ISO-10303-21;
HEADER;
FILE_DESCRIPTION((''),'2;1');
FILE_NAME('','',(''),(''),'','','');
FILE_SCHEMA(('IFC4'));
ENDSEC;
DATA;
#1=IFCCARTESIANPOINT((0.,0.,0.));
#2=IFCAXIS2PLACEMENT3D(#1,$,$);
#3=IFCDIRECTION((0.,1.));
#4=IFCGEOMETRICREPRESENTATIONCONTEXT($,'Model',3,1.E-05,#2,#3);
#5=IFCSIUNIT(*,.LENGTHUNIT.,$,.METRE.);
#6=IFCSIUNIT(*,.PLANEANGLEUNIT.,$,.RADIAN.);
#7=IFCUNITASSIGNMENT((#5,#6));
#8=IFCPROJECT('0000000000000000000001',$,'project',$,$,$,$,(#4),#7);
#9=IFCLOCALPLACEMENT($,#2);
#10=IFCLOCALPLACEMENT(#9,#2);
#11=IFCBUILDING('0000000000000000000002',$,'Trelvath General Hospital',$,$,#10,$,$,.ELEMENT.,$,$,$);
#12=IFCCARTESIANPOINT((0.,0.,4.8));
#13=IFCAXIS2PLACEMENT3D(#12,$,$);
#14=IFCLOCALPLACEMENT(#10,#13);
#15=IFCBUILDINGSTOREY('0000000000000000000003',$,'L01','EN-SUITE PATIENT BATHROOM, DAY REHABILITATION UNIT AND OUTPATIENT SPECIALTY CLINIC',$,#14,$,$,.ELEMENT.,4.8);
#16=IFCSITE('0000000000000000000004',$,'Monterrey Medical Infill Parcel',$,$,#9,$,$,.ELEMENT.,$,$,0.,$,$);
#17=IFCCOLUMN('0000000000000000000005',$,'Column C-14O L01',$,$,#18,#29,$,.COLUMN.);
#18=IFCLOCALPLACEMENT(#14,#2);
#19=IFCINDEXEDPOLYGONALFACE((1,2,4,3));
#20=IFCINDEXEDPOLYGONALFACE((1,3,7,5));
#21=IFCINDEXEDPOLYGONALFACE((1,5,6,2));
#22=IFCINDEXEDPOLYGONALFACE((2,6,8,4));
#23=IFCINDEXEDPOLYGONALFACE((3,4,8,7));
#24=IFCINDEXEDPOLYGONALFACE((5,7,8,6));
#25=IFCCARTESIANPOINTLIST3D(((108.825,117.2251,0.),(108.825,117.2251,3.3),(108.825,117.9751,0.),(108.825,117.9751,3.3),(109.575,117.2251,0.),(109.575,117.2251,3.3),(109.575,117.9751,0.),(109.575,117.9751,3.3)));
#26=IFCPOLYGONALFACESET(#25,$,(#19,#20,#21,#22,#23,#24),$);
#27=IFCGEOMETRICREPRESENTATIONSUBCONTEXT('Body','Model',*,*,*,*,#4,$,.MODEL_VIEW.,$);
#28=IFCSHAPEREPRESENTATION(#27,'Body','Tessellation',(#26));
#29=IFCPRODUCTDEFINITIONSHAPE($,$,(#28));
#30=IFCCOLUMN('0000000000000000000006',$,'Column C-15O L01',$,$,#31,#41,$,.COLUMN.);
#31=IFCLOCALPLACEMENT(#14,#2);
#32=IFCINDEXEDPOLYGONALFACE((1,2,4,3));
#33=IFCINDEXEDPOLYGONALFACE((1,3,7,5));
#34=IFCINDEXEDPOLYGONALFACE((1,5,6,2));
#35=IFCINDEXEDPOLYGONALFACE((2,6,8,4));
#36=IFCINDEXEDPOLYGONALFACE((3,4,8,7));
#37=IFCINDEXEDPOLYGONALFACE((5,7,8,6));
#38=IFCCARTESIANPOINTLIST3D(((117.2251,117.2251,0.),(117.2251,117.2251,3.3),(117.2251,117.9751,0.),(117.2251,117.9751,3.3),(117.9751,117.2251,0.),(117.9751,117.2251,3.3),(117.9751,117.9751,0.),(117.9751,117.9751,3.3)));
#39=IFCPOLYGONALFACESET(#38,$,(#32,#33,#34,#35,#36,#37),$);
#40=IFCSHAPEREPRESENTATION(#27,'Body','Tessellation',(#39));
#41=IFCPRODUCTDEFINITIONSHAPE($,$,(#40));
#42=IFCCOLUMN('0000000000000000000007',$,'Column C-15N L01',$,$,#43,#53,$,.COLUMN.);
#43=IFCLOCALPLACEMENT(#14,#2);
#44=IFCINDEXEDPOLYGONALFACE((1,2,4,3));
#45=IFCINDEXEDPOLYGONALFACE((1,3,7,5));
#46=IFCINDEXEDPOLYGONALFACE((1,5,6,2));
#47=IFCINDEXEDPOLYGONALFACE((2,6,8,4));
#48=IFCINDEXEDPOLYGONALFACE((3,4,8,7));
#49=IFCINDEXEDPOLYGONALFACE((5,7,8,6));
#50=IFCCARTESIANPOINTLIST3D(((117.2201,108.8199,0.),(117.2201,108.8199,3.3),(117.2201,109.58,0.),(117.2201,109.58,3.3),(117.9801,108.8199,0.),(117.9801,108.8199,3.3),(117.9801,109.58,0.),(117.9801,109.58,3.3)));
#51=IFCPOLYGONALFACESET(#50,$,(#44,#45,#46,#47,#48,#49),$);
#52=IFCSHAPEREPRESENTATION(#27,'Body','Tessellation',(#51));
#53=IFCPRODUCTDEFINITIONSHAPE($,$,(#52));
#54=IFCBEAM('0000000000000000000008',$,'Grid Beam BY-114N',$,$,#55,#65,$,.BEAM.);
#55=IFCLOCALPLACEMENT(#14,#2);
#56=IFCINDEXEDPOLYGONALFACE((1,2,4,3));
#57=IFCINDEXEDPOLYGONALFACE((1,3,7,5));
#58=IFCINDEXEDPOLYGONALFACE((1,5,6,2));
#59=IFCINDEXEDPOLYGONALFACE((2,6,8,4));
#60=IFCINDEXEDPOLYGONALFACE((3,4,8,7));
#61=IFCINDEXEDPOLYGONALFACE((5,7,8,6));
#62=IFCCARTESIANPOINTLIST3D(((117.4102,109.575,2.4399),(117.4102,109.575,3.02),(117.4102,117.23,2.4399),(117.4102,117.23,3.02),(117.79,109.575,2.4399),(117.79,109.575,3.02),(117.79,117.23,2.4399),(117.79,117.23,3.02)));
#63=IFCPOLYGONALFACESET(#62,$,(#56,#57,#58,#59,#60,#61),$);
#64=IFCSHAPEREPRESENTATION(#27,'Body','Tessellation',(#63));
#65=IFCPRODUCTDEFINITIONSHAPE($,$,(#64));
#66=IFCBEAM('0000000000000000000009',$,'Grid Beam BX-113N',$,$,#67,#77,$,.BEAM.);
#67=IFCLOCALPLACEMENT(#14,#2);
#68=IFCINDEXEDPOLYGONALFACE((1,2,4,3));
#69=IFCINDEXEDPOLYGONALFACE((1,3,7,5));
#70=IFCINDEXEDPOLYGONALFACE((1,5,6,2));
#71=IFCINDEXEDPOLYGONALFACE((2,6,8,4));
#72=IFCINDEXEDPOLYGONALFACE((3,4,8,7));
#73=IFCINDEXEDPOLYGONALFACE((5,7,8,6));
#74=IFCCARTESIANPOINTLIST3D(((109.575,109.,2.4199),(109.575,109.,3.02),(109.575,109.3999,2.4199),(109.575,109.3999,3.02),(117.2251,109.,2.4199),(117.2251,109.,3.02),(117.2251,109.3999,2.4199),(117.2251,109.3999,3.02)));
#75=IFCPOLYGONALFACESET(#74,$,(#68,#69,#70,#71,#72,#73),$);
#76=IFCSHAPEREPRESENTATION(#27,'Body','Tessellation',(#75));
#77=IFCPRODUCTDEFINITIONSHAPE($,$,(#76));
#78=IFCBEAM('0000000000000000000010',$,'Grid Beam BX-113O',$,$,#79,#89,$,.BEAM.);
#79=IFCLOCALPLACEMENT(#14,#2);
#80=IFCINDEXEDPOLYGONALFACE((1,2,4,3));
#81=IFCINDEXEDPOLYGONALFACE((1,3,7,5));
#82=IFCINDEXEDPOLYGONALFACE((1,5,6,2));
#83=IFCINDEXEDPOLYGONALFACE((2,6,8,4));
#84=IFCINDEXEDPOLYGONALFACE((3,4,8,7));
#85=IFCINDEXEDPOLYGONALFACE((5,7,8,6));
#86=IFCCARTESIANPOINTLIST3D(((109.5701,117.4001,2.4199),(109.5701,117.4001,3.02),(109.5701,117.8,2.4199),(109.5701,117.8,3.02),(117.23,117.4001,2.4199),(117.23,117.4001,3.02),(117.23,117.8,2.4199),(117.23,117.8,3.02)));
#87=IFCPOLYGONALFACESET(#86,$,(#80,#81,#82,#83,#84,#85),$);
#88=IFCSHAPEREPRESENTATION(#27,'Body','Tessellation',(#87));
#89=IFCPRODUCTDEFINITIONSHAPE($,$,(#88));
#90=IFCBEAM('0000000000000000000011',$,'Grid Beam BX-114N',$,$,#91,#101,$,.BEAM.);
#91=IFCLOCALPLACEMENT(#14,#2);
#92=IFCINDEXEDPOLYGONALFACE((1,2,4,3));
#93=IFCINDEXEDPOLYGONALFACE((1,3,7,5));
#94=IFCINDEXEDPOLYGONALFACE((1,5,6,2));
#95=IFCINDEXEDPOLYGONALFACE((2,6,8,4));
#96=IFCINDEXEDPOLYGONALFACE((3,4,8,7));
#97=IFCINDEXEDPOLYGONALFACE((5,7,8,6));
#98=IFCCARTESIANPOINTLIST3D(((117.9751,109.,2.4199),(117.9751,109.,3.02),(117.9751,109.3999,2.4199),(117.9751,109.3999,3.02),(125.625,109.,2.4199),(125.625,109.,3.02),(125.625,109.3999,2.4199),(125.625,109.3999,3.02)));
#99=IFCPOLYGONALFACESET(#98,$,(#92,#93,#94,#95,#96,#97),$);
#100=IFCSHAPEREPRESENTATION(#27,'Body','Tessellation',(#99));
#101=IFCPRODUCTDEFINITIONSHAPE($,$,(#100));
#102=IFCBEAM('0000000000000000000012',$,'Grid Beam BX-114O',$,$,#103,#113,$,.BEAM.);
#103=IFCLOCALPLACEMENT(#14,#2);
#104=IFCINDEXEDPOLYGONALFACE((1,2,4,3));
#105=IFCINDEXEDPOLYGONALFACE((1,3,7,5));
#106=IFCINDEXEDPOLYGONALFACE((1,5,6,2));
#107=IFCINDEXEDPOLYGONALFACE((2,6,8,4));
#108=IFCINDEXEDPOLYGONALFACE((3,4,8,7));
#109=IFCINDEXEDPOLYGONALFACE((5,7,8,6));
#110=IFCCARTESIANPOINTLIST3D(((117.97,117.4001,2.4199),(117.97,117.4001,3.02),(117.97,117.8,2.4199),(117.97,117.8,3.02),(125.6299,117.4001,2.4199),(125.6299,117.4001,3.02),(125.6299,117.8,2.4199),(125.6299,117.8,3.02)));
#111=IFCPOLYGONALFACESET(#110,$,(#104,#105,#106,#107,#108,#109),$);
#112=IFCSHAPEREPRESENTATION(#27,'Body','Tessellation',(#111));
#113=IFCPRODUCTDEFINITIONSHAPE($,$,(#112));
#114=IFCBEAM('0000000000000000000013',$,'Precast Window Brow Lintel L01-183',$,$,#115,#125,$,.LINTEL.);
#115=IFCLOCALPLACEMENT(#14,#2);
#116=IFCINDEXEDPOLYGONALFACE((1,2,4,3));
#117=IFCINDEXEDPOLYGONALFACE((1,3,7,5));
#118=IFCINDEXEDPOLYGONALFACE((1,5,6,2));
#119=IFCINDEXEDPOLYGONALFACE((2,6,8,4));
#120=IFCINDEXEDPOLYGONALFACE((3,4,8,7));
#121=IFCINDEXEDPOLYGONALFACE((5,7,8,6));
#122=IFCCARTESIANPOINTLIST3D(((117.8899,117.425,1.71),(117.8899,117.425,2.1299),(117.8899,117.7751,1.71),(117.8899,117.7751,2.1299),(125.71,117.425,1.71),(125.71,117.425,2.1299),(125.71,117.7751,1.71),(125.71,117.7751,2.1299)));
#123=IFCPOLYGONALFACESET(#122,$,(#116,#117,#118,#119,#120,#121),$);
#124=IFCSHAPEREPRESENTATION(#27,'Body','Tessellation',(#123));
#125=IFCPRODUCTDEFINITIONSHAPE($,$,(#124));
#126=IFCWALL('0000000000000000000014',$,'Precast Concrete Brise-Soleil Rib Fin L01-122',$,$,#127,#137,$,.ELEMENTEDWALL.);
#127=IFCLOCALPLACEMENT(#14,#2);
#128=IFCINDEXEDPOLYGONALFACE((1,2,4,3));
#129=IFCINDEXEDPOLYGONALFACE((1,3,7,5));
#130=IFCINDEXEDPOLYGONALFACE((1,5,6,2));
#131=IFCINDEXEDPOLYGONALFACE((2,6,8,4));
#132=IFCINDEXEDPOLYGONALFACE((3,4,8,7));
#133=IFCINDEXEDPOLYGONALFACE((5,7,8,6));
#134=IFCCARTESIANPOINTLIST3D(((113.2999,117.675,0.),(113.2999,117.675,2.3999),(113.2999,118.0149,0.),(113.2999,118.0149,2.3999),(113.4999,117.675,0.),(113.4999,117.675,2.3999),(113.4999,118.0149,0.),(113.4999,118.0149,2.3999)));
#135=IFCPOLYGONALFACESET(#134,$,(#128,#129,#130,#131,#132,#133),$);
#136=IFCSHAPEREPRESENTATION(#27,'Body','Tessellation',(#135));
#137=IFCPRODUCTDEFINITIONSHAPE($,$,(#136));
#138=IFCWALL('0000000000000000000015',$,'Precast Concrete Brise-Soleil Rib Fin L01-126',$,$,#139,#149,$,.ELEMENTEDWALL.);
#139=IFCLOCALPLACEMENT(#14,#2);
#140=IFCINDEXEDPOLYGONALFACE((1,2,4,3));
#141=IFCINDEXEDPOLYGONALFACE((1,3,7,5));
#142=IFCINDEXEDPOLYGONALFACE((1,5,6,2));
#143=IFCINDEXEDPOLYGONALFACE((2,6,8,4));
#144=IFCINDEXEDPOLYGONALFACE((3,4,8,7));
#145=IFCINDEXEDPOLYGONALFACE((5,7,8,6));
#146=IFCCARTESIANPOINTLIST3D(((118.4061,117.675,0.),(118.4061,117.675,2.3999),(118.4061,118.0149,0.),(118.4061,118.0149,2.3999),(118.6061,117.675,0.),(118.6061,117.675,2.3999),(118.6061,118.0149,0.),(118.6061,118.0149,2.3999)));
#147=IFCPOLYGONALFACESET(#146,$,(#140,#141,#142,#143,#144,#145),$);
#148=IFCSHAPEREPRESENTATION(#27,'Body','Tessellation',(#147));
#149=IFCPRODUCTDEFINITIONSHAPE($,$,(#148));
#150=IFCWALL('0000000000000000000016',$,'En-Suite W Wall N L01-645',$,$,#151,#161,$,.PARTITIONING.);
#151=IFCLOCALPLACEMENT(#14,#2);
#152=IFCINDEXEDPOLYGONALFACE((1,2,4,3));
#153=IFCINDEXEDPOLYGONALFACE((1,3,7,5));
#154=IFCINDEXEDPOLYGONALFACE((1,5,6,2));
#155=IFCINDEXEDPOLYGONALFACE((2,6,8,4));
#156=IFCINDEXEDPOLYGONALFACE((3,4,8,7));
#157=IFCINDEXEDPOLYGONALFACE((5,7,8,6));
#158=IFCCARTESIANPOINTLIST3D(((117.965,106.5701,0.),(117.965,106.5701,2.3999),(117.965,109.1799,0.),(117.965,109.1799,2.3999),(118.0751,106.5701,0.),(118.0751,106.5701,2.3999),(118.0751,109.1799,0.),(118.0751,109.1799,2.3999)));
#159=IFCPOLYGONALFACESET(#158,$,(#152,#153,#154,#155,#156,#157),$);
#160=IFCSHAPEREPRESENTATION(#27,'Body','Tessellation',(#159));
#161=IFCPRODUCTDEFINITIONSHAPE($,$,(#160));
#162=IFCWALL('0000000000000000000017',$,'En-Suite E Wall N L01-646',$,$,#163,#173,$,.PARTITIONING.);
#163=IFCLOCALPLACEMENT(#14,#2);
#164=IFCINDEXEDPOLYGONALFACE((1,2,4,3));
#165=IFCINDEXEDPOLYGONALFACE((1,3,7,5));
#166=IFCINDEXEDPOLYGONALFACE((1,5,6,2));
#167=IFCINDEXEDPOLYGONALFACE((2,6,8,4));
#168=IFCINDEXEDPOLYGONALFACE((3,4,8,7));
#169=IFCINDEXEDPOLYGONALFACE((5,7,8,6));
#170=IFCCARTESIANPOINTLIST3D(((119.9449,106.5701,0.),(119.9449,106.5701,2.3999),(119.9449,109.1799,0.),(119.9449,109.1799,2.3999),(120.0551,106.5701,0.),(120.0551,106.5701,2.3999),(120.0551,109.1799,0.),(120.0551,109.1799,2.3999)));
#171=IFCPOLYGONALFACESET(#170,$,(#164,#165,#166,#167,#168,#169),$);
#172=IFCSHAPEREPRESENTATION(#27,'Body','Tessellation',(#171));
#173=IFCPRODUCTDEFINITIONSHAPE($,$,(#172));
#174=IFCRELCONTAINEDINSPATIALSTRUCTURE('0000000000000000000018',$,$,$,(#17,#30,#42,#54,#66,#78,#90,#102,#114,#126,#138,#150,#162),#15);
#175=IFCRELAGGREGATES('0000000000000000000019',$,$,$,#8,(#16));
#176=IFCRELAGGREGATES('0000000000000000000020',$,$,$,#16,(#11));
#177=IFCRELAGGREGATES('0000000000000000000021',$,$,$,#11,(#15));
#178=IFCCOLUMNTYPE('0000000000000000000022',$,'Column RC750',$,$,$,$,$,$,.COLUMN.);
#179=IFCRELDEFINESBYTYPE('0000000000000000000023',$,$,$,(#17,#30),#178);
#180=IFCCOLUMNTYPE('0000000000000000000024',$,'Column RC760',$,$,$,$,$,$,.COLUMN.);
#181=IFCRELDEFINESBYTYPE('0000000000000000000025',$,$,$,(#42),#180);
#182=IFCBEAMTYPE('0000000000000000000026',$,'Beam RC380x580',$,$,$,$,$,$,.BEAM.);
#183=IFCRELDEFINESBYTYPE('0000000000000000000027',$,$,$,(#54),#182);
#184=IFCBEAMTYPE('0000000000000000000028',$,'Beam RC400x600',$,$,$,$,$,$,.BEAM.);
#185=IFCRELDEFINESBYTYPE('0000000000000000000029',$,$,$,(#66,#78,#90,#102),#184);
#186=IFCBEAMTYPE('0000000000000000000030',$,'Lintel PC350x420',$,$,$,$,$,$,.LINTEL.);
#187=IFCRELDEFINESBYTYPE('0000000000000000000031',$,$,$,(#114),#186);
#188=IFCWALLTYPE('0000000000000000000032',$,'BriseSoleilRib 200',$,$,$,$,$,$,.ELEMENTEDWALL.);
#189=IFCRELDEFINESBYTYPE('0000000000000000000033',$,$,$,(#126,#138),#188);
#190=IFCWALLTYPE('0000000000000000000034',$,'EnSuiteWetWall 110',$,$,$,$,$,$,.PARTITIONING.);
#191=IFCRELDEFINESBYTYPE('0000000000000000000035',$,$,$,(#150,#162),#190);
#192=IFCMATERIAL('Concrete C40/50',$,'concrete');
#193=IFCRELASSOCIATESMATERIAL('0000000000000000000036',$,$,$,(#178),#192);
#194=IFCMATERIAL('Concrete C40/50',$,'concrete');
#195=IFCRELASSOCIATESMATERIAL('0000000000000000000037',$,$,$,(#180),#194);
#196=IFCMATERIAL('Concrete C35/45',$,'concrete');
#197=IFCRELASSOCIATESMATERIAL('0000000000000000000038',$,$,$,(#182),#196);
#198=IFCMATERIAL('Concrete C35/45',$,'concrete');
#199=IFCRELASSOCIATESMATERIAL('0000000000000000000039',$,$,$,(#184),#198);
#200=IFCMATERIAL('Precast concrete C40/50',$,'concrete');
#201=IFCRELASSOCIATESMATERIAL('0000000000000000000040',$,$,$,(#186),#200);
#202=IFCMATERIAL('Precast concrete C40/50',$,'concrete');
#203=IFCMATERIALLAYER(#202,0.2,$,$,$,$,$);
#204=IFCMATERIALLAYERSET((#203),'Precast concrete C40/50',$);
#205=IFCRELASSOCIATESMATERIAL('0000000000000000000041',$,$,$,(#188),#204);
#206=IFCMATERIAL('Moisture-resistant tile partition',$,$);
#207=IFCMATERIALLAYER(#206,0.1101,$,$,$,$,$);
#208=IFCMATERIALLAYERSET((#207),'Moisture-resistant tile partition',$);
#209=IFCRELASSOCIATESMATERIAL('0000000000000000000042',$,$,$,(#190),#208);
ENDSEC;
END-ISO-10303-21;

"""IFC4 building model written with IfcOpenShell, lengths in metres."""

from ifc_helpers import new_model, si_unit, direction, frame, frame_2d, origin, origin_2d, place, context, subcontext, project, spatial, rectangle, extrude, material, layer, layer_set, material_profile, profile_set, type_object, element, save


model = new_model("IFC4")

# Units and contexts
model_context = context("Model", 3, precision=1e-05, world=origin(), true_north=direction((0.0, 1.0)))
body_context = subcontext(model_context, "Body", "Model", "MODEL_VIEW")
ifc_project = project(units=[si_unit("LENGTHUNIT", "METRE"), si_unit("PLANEANGLEUNIT", "RADIAN")], contexts=[model_context])

# Site, building, storey
site_placement = place(None, origin())
site = spatial("IfcSite", under=ifc_project, at=site_placement, Name="Monterrey Medical Infill Parcel", CompositionType="ELEMENT", RefElevation=0.0)
building_placement = place(site_placement, origin())
building = spatial("IfcBuilding", under=site, at=building_placement, Name="Trelvath General Hospital", CompositionType="ELEMENT")
storey_placement = place(building_placement, frame((0.0, 0.0, 4.8)))
storey = spatial("IfcBuildingStorey", under=building, at=storey_placement, Name="L01", Description="EN-SUITE PATIENT BATHROOM, DAY REHABILITATION UNIT AND OUTPATIENT SPECIALTY CLINIC", CompositionType="ELEMENT", Elevation=4.8)

# Columns
ifc_material_1 = material(Name="Concrete C40/50", Category="concrete")
ifc_material_profile_1 = material_profile(ifc_material_1, rectangle(XDim=0.75, YDim=0.75, at=origin_2d()), Name="RC750x750")
ifc_profile_set_1 = profile_set([ifc_material_profile_1], Name="Concrete C40/50")
column_type_1 = type_object("IfcColumnType", Name="Column RC750", PredefinedType="COLUMN", material=ifc_profile_set_1)
for number, where, z_axis, x_axis, name in (
    (1, (109.2, 117.6001, 0.0), (0.0, 0.0, 1.0), (1.0, 0.0, 0.0), "Column C-14O L01"),
    (2, (117.6001, 117.6001, 0.0), (0.0, 0.0, 1.0), (1.0, 0.0, 0.0), "Column C-15O L01"),
):
    element("IfcColumn", number, at=place(storey_placement, frame(where, z_axis=z_axis, x_axis=x_axis)), inside=storey, type_object=column_type_1, Name=name, PredefinedType="COLUMN", context=body_context, shape_type="SweptSolid", body=[
        extrude(rectangle(XDim=0.75, YDim=0.75, at=origin_2d()), origin(), (0.0, 0.0, 1.0), 3.3),
    ])
ifc_material_2 = material(Name="Concrete C40/50", Category="concrete")
ifc_material_profile_2 = material_profile(ifc_material_2, rectangle(XDim=0.76, YDim=0.76, at=origin_2d()), Name="RC760x760")
ifc_profile_set_2 = profile_set([ifc_material_profile_2], Name="Concrete C40/50")
column_type_2 = type_object("IfcColumnType", Name="Column RC760", PredefinedType="COLUMN", material=ifc_profile_set_2)
column_placement = place(storey_placement, frame((117.6001, 109.2, 0.0), z_axis=(0.0, 0.0, 1.0), x_axis=(1.0, 0.0, 0.0)))
element("IfcColumn", 3, at=column_placement, inside=storey, type_object=column_type_2, Name="Column C-15N L01", PredefinedType="COLUMN", context=body_context, shape_type="SweptSolid", body=[
    extrude(rectangle(XDim=0.76, YDim=0.76, at=origin_2d()), origin(), (0.0, 0.0, 1.0), 3.3),
])

# Beams
ifc_material_3 = material(Name="Concrete C35/45", Category="concrete")
ifc_material_profile_3 = material_profile(ifc_material_3, rectangle(XDim=0.3799, YDim=0.5801, at=origin_2d()), Name="RCB380x580")
ifc_profile_set_3 = profile_set([ifc_material_profile_3], Name="Concrete C35/45")
beam_type_1 = type_object("IfcBeamType", Name="Beam RC380x580", PredefinedType="BEAM", material=ifc_profile_set_3)
beam_1_placement = place(storey_placement, frame((117.6001, 109.575, 2.73), z_axis=(0.0, 1.0, 0.0), x_axis=(-1.0, 0.0, 0.0)))
element("IfcBeam", 4, at=beam_1_placement, inside=storey, type_object=beam_type_1, Name="Grid Beam BY-114N", PredefinedType="BEAM", context=body_context, shape_type="SweptSolid", body=[
    extrude(rectangle(XDim=0.3799, YDim=0.5801, at=origin_2d()), origin(), (0.0, 0.0, 1.0), 7.655),
])
ifc_material_4 = material(Name="Concrete C35/45", Category="concrete")
ifc_material_profile_4 = material_profile(ifc_material_4, rectangle(XDim=0.3999, YDim=0.6001, at=origin_2d()), Name="RCB400x600")
ifc_profile_set_4 = profile_set([ifc_material_profile_4], Name="Concrete C35/45")
beam_type_2 = type_object("IfcBeamType", Name="Beam RC400x600", PredefinedType="BEAM", material=ifc_profile_set_4)
beam_2_placement = place(storey_placement, frame((109.575, 109.2, 2.72), z_axis=(1.0, 0.0, 0.0), x_axis=(0.0, 1.0, 0.0)))
element("IfcBeam", 5, at=beam_2_placement, inside=storey, type_object=beam_type_2, Name="Grid Beam BX-113N", PredefinedType="BEAM", context=body_context, shape_type="SweptSolid", body=[
    extrude(rectangle(XDim=0.3999, YDim=0.6001, at=origin_2d()), origin(), (0.0, 0.0, 1.0), 7.6501),
])
beam_3_placement = place(storey_placement, frame((109.5701, 117.6001, 2.72), z_axis=(1.0, 0.0, 0.0), x_axis=(0.0, 1.0, 0.0)))
element("IfcBeam", 6, at=beam_3_placement, inside=storey, type_object=beam_type_2, Name="Grid Beam BX-113O", PredefinedType="BEAM", context=body_context, shape_type="SweptSolid", body=[
    extrude(rectangle(XDim=0.3999, YDim=0.6001, at=origin_2d()), origin(), (0.0, 0.0, 1.0), 7.6599),
])
beam_4_placement = place(storey_placement, frame((117.9751, 109.2, 2.72), z_axis=(1.0, 0.0, 0.0), x_axis=(0.0, 1.0, 0.0)))
element("IfcBeam", 7, at=beam_4_placement, inside=storey, type_object=beam_type_2, Name="Grid Beam BX-114N", PredefinedType="BEAM", context=body_context, shape_type="SweptSolid", body=[
    extrude(rectangle(XDim=0.3999, YDim=0.6001, at=origin_2d()), origin(), (0.0, 0.0, 1.0), 7.6499),
])
beam_5_placement = place(storey_placement, frame((117.97, 117.6001, 2.72), z_axis=(1.0, 0.0, 0.0), x_axis=(0.0, 1.0, 0.0)))
element("IfcBeam", 8, at=beam_5_placement, inside=storey, type_object=beam_type_2, Name="Grid Beam BX-114O", PredefinedType="BEAM", context=body_context, shape_type="SweptSolid", body=[
    extrude(rectangle(XDim=0.3999, YDim=0.6001, at=origin_2d()), origin(), (0.0, 0.0, 1.0), 7.6599),
])
ifc_material_5 = material(Name="Precast concrete C40/50", Category="concrete")
ifc_material_profile_5 = material_profile(ifc_material_5, rectangle(XDim=0.3501, YDim=0.4199, at=origin_2d()), Name="PCL350x420")
ifc_profile_set_5 = profile_set([ifc_material_profile_5], Name="Precast concrete C40/50")
beam_type_3 = type_object("IfcBeamType", Name="Lintel PC350x420", PredefinedType="LINTEL", material=ifc_profile_set_5)
beam_6_placement = place(storey_placement, frame((117.8899, 117.6001, 1.9199), z_axis=(1.0, 0.0, 0.0), x_axis=(0.0, 1.0, 0.0)))
element("IfcBeam", 9, at=beam_6_placement, inside=storey, type_object=beam_type_3, Name="Precast Window Brow Lintel L01-183", PredefinedType="LINTEL", context=body_context, shape_type="SweptSolid", body=[
    extrude(rectangle(XDim=0.3501, YDim=0.4199, at=origin_2d()), origin(), (0.0, 0.0, 1.0), 7.8201),
])

# Walls
ifc_material_6 = material(Name="Precast concrete C40/50", Category="concrete")
ifc_layer_1 = layer(ifc_material_6, 0.2)
ifc_layer_set_1 = layer_set([ifc_layer_1], Name="Precast concrete C40/50")
wall_type_1 = type_object("IfcWallType", Name="BriseSoleilRib 200", PredefinedType="ELEMENTEDWALL", material=ifc_layer_set_1)
for number, where, z_axis, x_axis, name in (
    (10, (113.3999, 117.675, 0.0), (0.0, 0.0, 1.0), (0.0, 1.0, 0.0), "Precast Concrete Brise-Soleil Rib Fin L01-122"),
    (11, (118.5061, 117.675, 0.0), (0.0, 0.0, 1.0), (0.0, 1.0, 0.0), "Precast Concrete Brise-Soleil Rib Fin L01-126"),
):
    element("IfcWall", number, at=place(storey_placement, frame(where, z_axis=z_axis, x_axis=x_axis)), inside=storey, type_object=wall_type_1, Name=name, PredefinedType="ELEMENTEDWALL", context=body_context, shape_type="SweptSolid", body=[
        extrude(rectangle(XDim=0.3398, YDim=0.2, at=frame_2d((0.1699, 0.0))), origin(), (0.0, 0.0, 1.0), 2.3999),
    ])
ifc_material_7 = material(Name="Moisture-resistant tile partition")
ifc_layer_2 = layer(ifc_material_7, 0.1101)
ifc_layer_set_2 = layer_set([ifc_layer_2], Name="Moisture-resistant tile partition")
wall_type_2 = type_object("IfcWallType", Name="EnSuiteWetWall 110", PredefinedType="PARTITIONING", material=ifc_layer_set_2)
for number, where, z_axis, x_axis, name in (
    (12, (118.02, 106.5701, 0.0), (0.0, 0.0, 1.0), (0.0, 1.0, 0.0), "En-Suite W Wall N L01-645"),
    (13, (120.0, 106.5701, 0.0), (0.0, 0.0, 1.0), (0.0, 1.0, 0.0), "En-Suite E Wall N L01-646"),
):
    element("IfcWall", number, at=place(storey_placement, frame(where, z_axis=z_axis, x_axis=x_axis)), inside=storey, type_object=wall_type_2, Name=name, PredefinedType="PARTITIONING", context=body_context, shape_type="SweptSolid", body=[
        extrude(rectangle(XDim=2.6099, YDim=0.1101, at=frame_2d((1.3049, 0.0))), origin(), (0.0, 0.0, 1.0), 2.3999),
    ])

save(model, "model.ifc")
